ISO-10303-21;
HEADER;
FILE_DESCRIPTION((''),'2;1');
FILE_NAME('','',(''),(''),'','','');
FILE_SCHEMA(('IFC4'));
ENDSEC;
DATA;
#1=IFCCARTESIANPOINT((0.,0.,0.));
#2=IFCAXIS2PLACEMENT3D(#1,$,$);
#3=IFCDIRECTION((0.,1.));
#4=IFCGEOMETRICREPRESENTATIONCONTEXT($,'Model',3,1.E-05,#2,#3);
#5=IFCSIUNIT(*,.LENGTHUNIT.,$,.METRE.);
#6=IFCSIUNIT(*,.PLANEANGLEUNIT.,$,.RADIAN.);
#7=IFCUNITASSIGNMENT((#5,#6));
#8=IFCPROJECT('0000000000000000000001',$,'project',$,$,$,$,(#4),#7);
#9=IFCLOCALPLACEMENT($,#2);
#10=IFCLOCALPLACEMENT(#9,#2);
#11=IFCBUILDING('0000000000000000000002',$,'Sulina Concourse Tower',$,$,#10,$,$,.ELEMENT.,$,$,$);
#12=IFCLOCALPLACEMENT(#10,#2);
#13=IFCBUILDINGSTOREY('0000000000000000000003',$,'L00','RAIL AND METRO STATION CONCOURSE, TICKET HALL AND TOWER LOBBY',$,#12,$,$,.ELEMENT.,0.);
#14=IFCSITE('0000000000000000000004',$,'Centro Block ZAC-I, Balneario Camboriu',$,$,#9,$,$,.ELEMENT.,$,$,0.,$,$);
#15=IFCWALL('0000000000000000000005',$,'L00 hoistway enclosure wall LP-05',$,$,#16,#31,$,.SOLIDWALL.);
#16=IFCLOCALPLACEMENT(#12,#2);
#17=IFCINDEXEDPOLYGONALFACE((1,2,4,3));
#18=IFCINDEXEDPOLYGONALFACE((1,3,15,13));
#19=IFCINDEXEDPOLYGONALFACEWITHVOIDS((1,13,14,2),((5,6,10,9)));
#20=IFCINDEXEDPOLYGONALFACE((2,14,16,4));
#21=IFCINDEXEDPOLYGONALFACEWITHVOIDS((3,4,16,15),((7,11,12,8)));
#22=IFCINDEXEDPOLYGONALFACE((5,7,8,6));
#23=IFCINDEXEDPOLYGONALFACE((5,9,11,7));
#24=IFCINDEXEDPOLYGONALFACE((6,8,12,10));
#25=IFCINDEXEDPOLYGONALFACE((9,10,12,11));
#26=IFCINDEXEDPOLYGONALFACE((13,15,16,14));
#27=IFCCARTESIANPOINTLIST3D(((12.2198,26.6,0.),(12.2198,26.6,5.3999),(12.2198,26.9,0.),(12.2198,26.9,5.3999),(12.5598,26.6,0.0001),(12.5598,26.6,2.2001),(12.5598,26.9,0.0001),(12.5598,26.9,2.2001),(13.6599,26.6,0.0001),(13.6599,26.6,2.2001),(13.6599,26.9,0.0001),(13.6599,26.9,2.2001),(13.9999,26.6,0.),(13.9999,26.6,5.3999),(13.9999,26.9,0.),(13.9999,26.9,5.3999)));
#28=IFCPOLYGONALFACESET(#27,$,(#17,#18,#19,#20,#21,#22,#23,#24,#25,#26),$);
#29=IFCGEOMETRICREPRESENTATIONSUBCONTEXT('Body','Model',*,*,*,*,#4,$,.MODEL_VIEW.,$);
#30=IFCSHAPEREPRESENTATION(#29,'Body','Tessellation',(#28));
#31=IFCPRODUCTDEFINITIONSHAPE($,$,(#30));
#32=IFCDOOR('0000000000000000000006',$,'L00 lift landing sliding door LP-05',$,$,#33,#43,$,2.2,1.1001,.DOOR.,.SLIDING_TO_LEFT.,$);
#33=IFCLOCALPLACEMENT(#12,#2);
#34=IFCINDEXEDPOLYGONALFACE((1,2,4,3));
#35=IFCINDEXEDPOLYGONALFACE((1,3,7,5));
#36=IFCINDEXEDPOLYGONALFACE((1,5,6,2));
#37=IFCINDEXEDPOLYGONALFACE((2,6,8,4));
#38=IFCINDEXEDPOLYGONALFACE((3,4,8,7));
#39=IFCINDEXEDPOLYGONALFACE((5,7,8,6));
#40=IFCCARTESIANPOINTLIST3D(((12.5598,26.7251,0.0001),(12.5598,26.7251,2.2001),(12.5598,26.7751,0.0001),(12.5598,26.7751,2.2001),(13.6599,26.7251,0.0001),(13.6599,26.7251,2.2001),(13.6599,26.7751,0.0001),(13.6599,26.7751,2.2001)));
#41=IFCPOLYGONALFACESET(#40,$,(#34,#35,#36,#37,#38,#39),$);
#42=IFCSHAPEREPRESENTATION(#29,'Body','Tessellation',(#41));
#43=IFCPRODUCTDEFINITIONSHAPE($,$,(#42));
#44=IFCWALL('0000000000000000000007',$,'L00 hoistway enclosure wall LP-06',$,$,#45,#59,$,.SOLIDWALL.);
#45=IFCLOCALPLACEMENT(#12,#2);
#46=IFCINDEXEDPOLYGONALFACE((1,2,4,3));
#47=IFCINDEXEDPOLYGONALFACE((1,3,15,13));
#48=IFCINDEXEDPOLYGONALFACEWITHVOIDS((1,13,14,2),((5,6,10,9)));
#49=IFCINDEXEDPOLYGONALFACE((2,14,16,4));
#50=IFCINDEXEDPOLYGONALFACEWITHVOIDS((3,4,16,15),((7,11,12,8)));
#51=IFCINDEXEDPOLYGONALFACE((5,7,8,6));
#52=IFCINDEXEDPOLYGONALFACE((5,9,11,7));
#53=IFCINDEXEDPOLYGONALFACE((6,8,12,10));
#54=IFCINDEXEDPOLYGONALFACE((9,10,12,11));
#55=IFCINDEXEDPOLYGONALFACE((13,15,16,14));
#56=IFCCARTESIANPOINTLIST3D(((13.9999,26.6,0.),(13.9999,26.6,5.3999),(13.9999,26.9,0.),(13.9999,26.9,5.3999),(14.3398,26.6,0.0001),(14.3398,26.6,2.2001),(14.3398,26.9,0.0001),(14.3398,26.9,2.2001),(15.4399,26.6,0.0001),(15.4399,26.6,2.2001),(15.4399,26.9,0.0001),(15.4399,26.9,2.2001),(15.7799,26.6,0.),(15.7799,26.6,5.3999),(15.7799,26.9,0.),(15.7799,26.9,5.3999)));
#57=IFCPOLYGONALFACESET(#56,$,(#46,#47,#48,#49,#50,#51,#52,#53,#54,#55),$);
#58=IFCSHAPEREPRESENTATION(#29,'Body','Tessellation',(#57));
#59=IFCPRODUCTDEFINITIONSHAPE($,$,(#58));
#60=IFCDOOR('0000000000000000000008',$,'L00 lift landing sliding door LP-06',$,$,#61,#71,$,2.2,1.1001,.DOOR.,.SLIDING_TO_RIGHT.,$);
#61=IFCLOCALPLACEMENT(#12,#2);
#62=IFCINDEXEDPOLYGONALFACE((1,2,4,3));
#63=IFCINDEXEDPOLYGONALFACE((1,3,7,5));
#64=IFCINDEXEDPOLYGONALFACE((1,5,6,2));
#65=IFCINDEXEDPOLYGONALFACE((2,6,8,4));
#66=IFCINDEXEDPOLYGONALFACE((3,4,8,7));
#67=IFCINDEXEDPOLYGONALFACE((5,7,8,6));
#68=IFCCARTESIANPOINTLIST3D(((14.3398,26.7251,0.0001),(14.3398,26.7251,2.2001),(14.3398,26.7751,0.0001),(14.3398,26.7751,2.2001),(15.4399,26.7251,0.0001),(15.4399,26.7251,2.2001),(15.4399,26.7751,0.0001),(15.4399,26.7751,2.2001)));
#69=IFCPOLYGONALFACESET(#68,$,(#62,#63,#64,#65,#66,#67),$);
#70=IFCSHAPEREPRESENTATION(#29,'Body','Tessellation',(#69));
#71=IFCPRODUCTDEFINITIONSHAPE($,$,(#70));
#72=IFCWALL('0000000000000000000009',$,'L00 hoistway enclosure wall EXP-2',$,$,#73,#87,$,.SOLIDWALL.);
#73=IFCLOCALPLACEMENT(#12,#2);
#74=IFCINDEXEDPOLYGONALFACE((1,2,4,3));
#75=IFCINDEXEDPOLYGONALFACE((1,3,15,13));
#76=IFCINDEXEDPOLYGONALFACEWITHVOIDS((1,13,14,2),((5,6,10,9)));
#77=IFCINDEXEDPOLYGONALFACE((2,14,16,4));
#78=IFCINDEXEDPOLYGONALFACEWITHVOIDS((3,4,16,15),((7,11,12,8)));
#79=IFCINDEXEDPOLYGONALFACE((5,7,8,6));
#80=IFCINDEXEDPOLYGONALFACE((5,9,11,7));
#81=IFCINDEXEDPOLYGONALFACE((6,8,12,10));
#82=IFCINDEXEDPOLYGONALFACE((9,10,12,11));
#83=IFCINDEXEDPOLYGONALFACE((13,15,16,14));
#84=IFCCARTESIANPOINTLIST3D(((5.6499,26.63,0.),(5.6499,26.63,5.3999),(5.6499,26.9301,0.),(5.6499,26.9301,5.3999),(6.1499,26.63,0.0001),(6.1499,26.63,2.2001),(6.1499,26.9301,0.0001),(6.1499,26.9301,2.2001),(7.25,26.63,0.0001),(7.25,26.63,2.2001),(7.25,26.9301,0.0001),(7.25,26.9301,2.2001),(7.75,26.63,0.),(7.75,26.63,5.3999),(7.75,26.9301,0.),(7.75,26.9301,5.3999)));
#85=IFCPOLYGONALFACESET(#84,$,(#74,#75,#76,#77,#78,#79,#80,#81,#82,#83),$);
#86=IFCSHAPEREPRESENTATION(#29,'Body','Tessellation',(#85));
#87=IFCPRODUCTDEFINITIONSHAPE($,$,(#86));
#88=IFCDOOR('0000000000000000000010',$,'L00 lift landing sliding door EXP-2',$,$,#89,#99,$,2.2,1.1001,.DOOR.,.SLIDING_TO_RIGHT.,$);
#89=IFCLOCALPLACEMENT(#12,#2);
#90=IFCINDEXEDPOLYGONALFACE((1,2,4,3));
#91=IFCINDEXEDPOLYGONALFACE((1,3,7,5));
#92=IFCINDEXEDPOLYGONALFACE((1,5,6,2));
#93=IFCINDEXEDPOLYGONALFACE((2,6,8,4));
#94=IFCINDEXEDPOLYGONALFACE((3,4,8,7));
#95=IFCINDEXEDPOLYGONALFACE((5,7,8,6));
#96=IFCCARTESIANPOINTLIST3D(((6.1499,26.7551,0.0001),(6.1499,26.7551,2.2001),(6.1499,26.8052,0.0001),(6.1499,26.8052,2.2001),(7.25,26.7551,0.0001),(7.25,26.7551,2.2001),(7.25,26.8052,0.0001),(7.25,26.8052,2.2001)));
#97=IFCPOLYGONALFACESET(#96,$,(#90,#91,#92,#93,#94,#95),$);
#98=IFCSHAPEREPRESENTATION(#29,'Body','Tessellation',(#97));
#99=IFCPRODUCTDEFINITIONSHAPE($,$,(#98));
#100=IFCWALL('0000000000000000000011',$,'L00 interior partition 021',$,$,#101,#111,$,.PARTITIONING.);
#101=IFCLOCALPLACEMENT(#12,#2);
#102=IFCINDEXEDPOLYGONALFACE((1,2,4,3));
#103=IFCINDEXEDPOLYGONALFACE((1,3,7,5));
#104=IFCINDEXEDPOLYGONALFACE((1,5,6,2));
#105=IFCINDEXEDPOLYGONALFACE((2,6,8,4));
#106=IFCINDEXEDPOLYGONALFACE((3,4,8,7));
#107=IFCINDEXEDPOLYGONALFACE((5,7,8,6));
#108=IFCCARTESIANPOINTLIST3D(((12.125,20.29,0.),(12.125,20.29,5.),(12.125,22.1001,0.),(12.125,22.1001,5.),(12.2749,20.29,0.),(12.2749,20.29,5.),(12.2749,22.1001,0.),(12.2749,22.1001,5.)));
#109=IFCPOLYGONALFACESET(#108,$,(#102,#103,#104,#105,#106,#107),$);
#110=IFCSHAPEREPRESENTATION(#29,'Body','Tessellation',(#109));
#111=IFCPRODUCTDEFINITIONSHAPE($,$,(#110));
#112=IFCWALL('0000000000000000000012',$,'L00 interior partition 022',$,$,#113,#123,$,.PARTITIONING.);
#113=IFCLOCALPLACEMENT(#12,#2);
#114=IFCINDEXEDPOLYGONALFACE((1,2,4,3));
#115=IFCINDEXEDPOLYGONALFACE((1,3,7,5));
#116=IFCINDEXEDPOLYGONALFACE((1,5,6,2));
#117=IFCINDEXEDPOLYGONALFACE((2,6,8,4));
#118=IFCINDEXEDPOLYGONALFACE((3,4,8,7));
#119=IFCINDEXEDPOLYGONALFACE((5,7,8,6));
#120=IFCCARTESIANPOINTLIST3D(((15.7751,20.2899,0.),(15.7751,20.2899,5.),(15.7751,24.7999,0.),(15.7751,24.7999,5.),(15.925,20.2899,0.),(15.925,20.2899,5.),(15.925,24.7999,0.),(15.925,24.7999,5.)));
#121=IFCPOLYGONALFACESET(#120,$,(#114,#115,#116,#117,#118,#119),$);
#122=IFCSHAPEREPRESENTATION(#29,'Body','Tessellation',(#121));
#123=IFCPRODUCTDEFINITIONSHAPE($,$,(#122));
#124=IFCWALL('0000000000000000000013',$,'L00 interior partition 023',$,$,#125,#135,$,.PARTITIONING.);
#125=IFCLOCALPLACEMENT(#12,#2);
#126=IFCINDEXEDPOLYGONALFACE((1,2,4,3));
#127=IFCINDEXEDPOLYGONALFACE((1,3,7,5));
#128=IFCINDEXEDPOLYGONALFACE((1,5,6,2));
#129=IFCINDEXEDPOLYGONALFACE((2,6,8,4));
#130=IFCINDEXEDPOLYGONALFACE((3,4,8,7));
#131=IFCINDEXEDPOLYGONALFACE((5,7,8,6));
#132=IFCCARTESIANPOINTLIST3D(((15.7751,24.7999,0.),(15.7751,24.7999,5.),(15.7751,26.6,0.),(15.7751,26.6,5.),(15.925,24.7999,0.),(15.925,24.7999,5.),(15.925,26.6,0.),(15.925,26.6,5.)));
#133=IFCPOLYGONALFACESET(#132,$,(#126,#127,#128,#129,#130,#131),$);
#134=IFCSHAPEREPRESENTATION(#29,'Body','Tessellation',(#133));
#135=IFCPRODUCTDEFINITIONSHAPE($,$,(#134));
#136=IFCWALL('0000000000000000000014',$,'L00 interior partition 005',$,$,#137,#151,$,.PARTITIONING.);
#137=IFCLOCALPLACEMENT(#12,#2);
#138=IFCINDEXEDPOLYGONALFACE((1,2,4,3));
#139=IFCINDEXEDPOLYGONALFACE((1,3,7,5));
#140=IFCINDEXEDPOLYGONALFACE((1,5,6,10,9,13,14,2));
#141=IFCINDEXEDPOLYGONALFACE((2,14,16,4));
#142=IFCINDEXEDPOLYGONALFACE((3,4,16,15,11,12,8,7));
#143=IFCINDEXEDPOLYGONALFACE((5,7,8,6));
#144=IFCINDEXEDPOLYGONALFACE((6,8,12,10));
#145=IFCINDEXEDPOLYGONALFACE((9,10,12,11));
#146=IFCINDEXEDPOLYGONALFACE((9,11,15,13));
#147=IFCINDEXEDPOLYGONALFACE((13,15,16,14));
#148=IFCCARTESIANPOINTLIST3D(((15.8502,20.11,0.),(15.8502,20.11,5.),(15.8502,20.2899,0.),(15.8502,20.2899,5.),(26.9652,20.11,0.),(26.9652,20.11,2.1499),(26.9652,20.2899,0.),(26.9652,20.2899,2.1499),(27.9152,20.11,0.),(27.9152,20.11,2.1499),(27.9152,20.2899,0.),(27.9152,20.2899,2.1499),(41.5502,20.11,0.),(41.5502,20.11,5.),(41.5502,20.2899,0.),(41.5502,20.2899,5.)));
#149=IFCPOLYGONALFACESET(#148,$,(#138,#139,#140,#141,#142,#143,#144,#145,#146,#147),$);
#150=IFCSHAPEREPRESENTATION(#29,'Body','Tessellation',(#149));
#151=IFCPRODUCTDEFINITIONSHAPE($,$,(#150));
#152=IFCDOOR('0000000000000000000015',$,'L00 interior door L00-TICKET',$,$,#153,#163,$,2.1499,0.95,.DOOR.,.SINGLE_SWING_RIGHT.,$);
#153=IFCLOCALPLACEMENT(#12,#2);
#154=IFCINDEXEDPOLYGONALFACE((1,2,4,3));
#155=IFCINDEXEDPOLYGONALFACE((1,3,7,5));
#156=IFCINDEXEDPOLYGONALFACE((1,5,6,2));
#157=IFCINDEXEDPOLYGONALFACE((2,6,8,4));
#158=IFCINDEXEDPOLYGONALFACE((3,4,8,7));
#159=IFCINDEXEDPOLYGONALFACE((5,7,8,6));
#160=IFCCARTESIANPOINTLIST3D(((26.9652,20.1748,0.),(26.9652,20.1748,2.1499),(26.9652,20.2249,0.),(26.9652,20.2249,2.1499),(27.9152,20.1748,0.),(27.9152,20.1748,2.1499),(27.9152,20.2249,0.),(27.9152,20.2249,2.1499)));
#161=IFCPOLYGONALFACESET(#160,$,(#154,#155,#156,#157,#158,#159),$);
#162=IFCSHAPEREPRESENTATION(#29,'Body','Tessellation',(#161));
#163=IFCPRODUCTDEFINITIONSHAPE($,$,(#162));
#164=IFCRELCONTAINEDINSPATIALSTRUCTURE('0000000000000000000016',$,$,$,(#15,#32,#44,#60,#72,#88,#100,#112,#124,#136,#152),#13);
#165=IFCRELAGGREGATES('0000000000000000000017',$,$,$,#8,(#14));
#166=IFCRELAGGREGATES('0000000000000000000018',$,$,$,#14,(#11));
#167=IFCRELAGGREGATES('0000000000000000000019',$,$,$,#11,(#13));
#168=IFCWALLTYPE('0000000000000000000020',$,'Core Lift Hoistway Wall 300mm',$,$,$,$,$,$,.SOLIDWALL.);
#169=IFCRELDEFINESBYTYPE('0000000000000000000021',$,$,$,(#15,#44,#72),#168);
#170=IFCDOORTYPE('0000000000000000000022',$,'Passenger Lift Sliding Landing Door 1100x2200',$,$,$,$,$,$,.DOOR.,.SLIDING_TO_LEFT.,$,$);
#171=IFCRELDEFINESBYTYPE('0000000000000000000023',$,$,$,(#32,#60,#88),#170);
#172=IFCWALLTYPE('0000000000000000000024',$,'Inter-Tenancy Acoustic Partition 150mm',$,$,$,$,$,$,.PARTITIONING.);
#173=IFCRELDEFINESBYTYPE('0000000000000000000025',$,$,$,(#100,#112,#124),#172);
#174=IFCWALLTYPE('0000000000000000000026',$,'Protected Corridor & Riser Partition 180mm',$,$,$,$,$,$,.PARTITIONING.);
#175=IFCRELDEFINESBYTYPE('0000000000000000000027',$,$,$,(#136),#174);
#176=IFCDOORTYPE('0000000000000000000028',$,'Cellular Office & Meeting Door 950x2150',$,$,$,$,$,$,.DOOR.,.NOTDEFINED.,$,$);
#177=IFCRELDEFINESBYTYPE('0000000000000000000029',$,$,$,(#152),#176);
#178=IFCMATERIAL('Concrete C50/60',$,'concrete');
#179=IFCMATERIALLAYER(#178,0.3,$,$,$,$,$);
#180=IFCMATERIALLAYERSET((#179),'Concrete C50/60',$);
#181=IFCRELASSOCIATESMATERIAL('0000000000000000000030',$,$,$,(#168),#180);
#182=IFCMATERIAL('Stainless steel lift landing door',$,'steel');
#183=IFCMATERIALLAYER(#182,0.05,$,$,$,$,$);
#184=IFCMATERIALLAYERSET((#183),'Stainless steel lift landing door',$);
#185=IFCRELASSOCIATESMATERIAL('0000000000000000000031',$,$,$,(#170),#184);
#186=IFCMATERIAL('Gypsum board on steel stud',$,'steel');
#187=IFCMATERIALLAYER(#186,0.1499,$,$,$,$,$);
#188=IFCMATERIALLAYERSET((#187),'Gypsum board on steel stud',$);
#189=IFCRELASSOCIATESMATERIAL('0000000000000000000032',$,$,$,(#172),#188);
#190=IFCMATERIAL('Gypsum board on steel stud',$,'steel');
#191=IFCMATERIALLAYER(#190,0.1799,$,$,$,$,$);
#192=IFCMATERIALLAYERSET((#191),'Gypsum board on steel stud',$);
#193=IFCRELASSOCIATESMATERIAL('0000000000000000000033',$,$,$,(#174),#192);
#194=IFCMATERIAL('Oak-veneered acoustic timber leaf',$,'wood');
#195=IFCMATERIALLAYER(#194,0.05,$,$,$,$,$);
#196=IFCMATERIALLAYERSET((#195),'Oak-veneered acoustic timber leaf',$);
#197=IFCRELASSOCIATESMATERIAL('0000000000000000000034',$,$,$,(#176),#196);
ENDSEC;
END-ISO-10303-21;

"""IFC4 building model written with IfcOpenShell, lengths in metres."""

from ifc_helpers import new_model, si_unit, direction, frame, frame_2d, origin, place, context, subcontext, project, spatial, rectangle, extrude, material, layer, layer_set, type_object, element, fill, save


model = new_model("IFC4")

# Units and contexts
model_context = context("Model", 3, precision=1e-05, world=origin(), true_north=direction((0.0, 1.0)))
body_context = subcontext(model_context, "Body", "Model", "MODEL_VIEW")
ifc_project = project(units=[si_unit("LENGTHUNIT", "METRE"), si_unit("PLANEANGLEUNIT", "RADIAN")], contexts=[model_context])

# Site, building, storey
site_placement = place(None, origin())
site = spatial("IfcSite", under=ifc_project, at=site_placement, Name="Centro Block ZAC-I, Balneario Camboriu", CompositionType="ELEMENT", RefElevation=0.0)
building_placement = place(site_placement, origin())
building = spatial("IfcBuilding", under=site, at=building_placement, Name="Sulina Concourse Tower", CompositionType="ELEMENT")
storey_placement = place(building_placement, origin())
storey = spatial("IfcBuildingStorey", under=building, at=storey_placement, Name="L00", Description="RAIL AND METRO STATION CONCOURSE, TICKET HALL AND TOWER LOBBY", CompositionType="ELEMENT", Elevation=0.0)

# Walls, openings, doors
ifc_material_1 = material(Name="Concrete C50/60", Category="concrete")
ifc_layer_1 = layer(ifc_material_1, 0.3)
ifc_layer_set_1 = layer_set([ifc_layer_1], Name="Concrete C50/60")
wall_type_1 = type_object("IfcWallType", Name="Core Lift Hoistway Wall 300mm", PredefinedType="SOLIDWALL", material=ifc_layer_set_1)
ifc_material_2 = material(Name="Stainless steel lift landing door", Category="steel")
ifc_layer_2 = layer(ifc_material_2, 0.05)
ifc_layer_set_2 = layer_set([ifc_layer_2], Name="Stainless steel lift landing door")
door_type_1 = type_object("IfcDoorType", Name="Passenger Lift Sliding Landing Door 1100x2200", OperationType="SLIDING_TO_LEFT", PredefinedType="DOOR", material=ifc_layer_set_2)
wall_1_placement = place(storey_placement, frame((14.0, 26.75, 0.0), z_axis=(0.0, 0.0, 1.0), x_axis=(-1.0, 0.0, 0.0)))
wall_1 = element("IfcWall", 1, at=wall_1_placement, inside=storey, type_object=wall_type_1, Name="L00 hoistway enclosure wall LP-05", PredefinedType="SOLIDWALL", context=body_context, shape_type="SweptSolid", body=[
    extrude(rectangle(XDim=1.78, YDim=0.3, at=frame_2d((0.8901, 0.0))), origin(), (0.0, 0.0, 1.0), 5.3999),
])
opening_1_placement = place(wall_1_placement, frame((0.3401, 0.0, 0.0)))
opening_1 = element("IfcOpeningElement", 2, at=opening_1_placement, cuts=wall_1, PredefinedType="OPENING", context=body_context, shape_type="SweptSolid", body=[
    extrude(rectangle(XDim=1.1001, YDim=2.2, at=frame_2d((0.55, 1.1001))), frame((0.0, 0.1599, 0.0), z_axis=(0.0, -1.0, 0.0), x_axis=(1.0, 0.0, 0.0)), (0.0, 0.0, 1.0), 0.3201),
])
door_1_placement = place(opening_1_placement, origin())
door_1 = element("IfcDoor", 3, at=door_1_placement, inside=storey, type_object=door_type_1, Name="L00 lift landing sliding door LP-05", OperationType="SLIDING_TO_LEFT", OverallHeight=2.2, OverallWidth=1.1001, PredefinedType="DOOR", context=body_context, shape_type="SweptSolid", body=[
    extrude(rectangle(XDim=1.1001, YDim=2.2, at=frame_2d((0.55, 1.1001))), frame((0.0, 0.0249, 0.0), z_axis=(0.0, -1.0, 0.0), x_axis=(1.0, 0.0, 0.0)), (0.0, 0.0, 1.0), 0.05),
])
fill(opening_1, door_1)
wall_2_placement = place(storey_placement, frame((15.78, 26.75, 0.0), z_axis=(0.0, 0.0, 1.0), x_axis=(-1.0, 0.0, 0.0)))
wall_2 = element("IfcWall", 4, at=wall_2_placement, inside=storey, type_object=wall_type_1, Name="L00 hoistway enclosure wall LP-06", PredefinedType="SOLIDWALL", context=body_context, shape_type="SweptSolid", body=[
    extrude(rectangle(XDim=1.78, YDim=0.3, at=frame_2d((0.8901, 0.0))), origin(), (0.0, 0.0, 1.0), 5.3999),
])
opening_2_placement = place(wall_2_placement, frame((0.3401, 0.0, 0.0)))
opening_2 = element("IfcOpeningElement", 5, at=opening_2_placement, cuts=wall_2, PredefinedType="OPENING", context=body_context, shape_type="SweptSolid", body=[
    extrude(rectangle(XDim=1.1001, YDim=2.2, at=frame_2d((0.55, 1.1001))), frame((0.0, 0.1599, 0.0), z_axis=(0.0, -1.0, 0.0), x_axis=(1.0, 0.0, 0.0)), (0.0, 0.0, 1.0), 0.3201),
])
door_2_placement = place(opening_2_placement, origin())
door_2 = element("IfcDoor", 6, at=door_2_placement, inside=storey, type_object=door_type_1, Name="L00 lift landing sliding door LP-06", OperationType="SLIDING_TO_RIGHT", OverallHeight=2.2, OverallWidth=1.1001, PredefinedType="DOOR", context=body_context, shape_type="SweptSolid", body=[
    extrude(rectangle(XDim=1.1001, YDim=2.2, at=frame_2d((0.55, 1.1001))), frame((0.0, 0.0249, 0.0), z_axis=(0.0, -1.0, 0.0), x_axis=(1.0, 0.0, 0.0)), (0.0, 0.0, 1.0), 0.05),
])
fill(opening_2, door_2)
wall_3_placement = place(storey_placement, frame((7.75, 26.78, 0.0), z_axis=(0.0, 0.0, 1.0), x_axis=(-1.0, 0.0, 0.0)))
wall_3 = element("IfcWall", 7, at=wall_3_placement, inside=storey, type_object=wall_type_1, Name="L00 hoistway enclosure wall EXP-2", PredefinedType="SOLIDWALL", context=body_context, shape_type="SweptSolid", body=[
    extrude(rectangle(XDim=2.1001, YDim=0.3, at=frame_2d((1.05, 0.0))), origin(), (0.0, 0.0, 1.0), 5.3999),
])
opening_3_placement = place(wall_3_placement, frame((0.5, 0.0, 0.0)))
opening_3 = element("IfcOpeningElement", 8, at=opening_3_placement, cuts=wall_3, PredefinedType="OPENING", context=body_context, shape_type="SweptSolid", body=[
    extrude(rectangle(XDim=1.1001, YDim=2.2, at=frame_2d((0.55, 1.1001))), frame((0.0, 0.1599, 0.0), z_axis=(0.0, -1.0, 0.0), x_axis=(1.0, 0.0, 0.0)), (0.0, 0.0, 1.0), 0.3201),
])
door_3_placement = place(opening_3_placement, origin())
door_3 = element("IfcDoor", 9, at=door_3_placement, inside=storey, type_object=door_type_1, Name="L00 lift landing sliding door EXP-2", OperationType="SLIDING_TO_RIGHT", OverallHeight=2.2, OverallWidth=1.1001, PredefinedType="DOOR", context=body_context, shape_type="SweptSolid", body=[
    extrude(rectangle(XDim=1.1001, YDim=2.2, at=frame_2d((0.55, 1.1001))), frame((0.0, 0.0249, 0.0), z_axis=(0.0, -1.0, 0.0), x_axis=(1.0, 0.0, 0.0)), (0.0, 0.0, 1.0), 0.05),
])
fill(opening_3, door_3)

# Walls
ifc_material_3 = material(Name="Gypsum board on steel stud", Category="steel")
ifc_layer_3 = layer(ifc_material_3, 0.1499)
ifc_layer_set_3 = layer_set([ifc_layer_3], Name="Gypsum board on steel stud")
wall_type_2 = type_object("IfcWallType", Name="Inter-Tenancy Acoustic Partition 150mm", PredefinedType="PARTITIONING", material=ifc_layer_set_3)
wall_4_placement = place(storey_placement, frame((12.2, 20.29, 0.0), z_axis=(0.0, 0.0, 1.0), x_axis=(0.0, 1.0, 0.0)))
element("IfcWall", 10, at=wall_4_placement, inside=storey, type_object=wall_type_2, Name="L00 interior partition 021", PredefinedType="PARTITIONING", context=body_context, shape_type="SweptSolid", body=[
    extrude(rectangle(XDim=1.8101, YDim=0.1499, at=frame_2d((0.905, 0.0))), origin(), (0.0, 0.0, 1.0), 5.0),
])
wall_5_placement = place(storey_placement, frame((15.8501, 20.29, 0.0), z_axis=(0.0, 0.0, 1.0), x_axis=(0.0, 1.0, 0.0)))
element("IfcWall", 11, at=wall_5_placement, inside=storey, type_object=wall_type_2, Name="L00 interior partition 022", PredefinedType="PARTITIONING", context=body_context, shape_type="SweptSolid", body=[
    extrude(rectangle(XDim=4.51, YDim=0.1499, at=frame_2d((2.2549, 0.0))), origin(), (0.0, 0.0, 1.0), 5.0),
])
wall_6_placement = place(storey_placement, frame((15.8501, 24.8, 0.0), z_axis=(0.0, 0.0, 1.0), x_axis=(0.0, 1.0, 0.0)))
element("IfcWall", 12, at=wall_6_placement, inside=storey, type_object=wall_type_2, Name="L00 interior partition 023", PredefinedType="PARTITIONING", context=body_context, shape_type="SweptSolid", body=[
    extrude(rectangle(XDim=1.8, YDim=0.1499, at=frame_2d((0.8999, 0.0))), origin(), (0.0, 0.0, 1.0), 5.0),
])

# Wall, opening, door
ifc_material_4 = material(Name="Gypsum board on steel stud", Category="steel")
ifc_layer_4 = layer(ifc_material_4, 0.1799)
ifc_layer_set_4 = layer_set([ifc_layer_4], Name="Gypsum board on steel stud")
wall_type_3 = type_object("IfcWallType", Name="Protected Corridor & Riser Partition 180mm", PredefinedType="PARTITIONING", material=ifc_layer_set_4)
wall_7_placement = place(storey_placement, frame((15.8501, 20.2, 0.0), z_axis=(0.0, 0.0, 1.0), x_axis=(1.0, 0.0, 0.0)))
wall_7 = element("IfcWall", 13, at=wall_7_placement, inside=storey, type_object=wall_type_3, Name="L00 interior partition 005", PredefinedType="PARTITIONING", context=body_context, shape_type="SweptSolid", body=[
    extrude(rectangle(XDim=25.7, YDim=0.1799, at=frame_2d((12.8501, 0.0))), origin(), (0.0, 0.0, 1.0), 5.0),
])
opening_4_placement = place(wall_7_placement, frame((11.115, 0.0, 0.0)))
opening_4 = element("IfcOpeningElement", 14, at=opening_4_placement, cuts=wall_7, PredefinedType="OPENING", context=body_context, shape_type="SweptSolid", body=[
    extrude(rectangle(XDim=0.95, YDim=2.1499, at=frame_2d((0.4751, 1.075))), frame((0.0, 0.0999, 0.0), z_axis=(0.0, -1.0, 0.0), x_axis=(1.0, 0.0, 0.0)), (0.0, 0.0, 1.0), 0.2),
])
ifc_material_5 = material(Name="Oak-veneered acoustic timber leaf", Category="wood")
ifc_layer_5 = layer(ifc_material_5, 0.05)
ifc_layer_set_5 = layer_set([ifc_layer_5], Name="Oak-veneered acoustic timber leaf")
door_type_2 = type_object("IfcDoorType", Name="Cellular Office & Meeting Door 950x2150", OperationType="NOTDEFINED", PredefinedType="DOOR", material=ifc_layer_set_5)
door_4_placement = place(opening_4_placement, origin())
door_4 = element("IfcDoor", 15, at=door_4_placement, inside=storey, type_object=door_type_2, Name="L00 interior door L00-TICKET", OperationType="SINGLE_SWING_RIGHT", OverallHeight=2.1499, OverallWidth=0.95, PredefinedType="DOOR", context=body_context, shape_type="SweptSolid", body=[
    extrude(rectangle(XDim=0.95, YDim=2.1499, at=frame_2d((0.4751, 1.075))), frame((0.0, 0.0249, 0.0), z_axis=(0.0, -1.0, 0.0), x_axis=(1.0, 0.0, 0.0)), (0.0, 0.0, 1.0), 0.05),
])
fill(opening_4, door_4)

save(model, "model.ifc")
